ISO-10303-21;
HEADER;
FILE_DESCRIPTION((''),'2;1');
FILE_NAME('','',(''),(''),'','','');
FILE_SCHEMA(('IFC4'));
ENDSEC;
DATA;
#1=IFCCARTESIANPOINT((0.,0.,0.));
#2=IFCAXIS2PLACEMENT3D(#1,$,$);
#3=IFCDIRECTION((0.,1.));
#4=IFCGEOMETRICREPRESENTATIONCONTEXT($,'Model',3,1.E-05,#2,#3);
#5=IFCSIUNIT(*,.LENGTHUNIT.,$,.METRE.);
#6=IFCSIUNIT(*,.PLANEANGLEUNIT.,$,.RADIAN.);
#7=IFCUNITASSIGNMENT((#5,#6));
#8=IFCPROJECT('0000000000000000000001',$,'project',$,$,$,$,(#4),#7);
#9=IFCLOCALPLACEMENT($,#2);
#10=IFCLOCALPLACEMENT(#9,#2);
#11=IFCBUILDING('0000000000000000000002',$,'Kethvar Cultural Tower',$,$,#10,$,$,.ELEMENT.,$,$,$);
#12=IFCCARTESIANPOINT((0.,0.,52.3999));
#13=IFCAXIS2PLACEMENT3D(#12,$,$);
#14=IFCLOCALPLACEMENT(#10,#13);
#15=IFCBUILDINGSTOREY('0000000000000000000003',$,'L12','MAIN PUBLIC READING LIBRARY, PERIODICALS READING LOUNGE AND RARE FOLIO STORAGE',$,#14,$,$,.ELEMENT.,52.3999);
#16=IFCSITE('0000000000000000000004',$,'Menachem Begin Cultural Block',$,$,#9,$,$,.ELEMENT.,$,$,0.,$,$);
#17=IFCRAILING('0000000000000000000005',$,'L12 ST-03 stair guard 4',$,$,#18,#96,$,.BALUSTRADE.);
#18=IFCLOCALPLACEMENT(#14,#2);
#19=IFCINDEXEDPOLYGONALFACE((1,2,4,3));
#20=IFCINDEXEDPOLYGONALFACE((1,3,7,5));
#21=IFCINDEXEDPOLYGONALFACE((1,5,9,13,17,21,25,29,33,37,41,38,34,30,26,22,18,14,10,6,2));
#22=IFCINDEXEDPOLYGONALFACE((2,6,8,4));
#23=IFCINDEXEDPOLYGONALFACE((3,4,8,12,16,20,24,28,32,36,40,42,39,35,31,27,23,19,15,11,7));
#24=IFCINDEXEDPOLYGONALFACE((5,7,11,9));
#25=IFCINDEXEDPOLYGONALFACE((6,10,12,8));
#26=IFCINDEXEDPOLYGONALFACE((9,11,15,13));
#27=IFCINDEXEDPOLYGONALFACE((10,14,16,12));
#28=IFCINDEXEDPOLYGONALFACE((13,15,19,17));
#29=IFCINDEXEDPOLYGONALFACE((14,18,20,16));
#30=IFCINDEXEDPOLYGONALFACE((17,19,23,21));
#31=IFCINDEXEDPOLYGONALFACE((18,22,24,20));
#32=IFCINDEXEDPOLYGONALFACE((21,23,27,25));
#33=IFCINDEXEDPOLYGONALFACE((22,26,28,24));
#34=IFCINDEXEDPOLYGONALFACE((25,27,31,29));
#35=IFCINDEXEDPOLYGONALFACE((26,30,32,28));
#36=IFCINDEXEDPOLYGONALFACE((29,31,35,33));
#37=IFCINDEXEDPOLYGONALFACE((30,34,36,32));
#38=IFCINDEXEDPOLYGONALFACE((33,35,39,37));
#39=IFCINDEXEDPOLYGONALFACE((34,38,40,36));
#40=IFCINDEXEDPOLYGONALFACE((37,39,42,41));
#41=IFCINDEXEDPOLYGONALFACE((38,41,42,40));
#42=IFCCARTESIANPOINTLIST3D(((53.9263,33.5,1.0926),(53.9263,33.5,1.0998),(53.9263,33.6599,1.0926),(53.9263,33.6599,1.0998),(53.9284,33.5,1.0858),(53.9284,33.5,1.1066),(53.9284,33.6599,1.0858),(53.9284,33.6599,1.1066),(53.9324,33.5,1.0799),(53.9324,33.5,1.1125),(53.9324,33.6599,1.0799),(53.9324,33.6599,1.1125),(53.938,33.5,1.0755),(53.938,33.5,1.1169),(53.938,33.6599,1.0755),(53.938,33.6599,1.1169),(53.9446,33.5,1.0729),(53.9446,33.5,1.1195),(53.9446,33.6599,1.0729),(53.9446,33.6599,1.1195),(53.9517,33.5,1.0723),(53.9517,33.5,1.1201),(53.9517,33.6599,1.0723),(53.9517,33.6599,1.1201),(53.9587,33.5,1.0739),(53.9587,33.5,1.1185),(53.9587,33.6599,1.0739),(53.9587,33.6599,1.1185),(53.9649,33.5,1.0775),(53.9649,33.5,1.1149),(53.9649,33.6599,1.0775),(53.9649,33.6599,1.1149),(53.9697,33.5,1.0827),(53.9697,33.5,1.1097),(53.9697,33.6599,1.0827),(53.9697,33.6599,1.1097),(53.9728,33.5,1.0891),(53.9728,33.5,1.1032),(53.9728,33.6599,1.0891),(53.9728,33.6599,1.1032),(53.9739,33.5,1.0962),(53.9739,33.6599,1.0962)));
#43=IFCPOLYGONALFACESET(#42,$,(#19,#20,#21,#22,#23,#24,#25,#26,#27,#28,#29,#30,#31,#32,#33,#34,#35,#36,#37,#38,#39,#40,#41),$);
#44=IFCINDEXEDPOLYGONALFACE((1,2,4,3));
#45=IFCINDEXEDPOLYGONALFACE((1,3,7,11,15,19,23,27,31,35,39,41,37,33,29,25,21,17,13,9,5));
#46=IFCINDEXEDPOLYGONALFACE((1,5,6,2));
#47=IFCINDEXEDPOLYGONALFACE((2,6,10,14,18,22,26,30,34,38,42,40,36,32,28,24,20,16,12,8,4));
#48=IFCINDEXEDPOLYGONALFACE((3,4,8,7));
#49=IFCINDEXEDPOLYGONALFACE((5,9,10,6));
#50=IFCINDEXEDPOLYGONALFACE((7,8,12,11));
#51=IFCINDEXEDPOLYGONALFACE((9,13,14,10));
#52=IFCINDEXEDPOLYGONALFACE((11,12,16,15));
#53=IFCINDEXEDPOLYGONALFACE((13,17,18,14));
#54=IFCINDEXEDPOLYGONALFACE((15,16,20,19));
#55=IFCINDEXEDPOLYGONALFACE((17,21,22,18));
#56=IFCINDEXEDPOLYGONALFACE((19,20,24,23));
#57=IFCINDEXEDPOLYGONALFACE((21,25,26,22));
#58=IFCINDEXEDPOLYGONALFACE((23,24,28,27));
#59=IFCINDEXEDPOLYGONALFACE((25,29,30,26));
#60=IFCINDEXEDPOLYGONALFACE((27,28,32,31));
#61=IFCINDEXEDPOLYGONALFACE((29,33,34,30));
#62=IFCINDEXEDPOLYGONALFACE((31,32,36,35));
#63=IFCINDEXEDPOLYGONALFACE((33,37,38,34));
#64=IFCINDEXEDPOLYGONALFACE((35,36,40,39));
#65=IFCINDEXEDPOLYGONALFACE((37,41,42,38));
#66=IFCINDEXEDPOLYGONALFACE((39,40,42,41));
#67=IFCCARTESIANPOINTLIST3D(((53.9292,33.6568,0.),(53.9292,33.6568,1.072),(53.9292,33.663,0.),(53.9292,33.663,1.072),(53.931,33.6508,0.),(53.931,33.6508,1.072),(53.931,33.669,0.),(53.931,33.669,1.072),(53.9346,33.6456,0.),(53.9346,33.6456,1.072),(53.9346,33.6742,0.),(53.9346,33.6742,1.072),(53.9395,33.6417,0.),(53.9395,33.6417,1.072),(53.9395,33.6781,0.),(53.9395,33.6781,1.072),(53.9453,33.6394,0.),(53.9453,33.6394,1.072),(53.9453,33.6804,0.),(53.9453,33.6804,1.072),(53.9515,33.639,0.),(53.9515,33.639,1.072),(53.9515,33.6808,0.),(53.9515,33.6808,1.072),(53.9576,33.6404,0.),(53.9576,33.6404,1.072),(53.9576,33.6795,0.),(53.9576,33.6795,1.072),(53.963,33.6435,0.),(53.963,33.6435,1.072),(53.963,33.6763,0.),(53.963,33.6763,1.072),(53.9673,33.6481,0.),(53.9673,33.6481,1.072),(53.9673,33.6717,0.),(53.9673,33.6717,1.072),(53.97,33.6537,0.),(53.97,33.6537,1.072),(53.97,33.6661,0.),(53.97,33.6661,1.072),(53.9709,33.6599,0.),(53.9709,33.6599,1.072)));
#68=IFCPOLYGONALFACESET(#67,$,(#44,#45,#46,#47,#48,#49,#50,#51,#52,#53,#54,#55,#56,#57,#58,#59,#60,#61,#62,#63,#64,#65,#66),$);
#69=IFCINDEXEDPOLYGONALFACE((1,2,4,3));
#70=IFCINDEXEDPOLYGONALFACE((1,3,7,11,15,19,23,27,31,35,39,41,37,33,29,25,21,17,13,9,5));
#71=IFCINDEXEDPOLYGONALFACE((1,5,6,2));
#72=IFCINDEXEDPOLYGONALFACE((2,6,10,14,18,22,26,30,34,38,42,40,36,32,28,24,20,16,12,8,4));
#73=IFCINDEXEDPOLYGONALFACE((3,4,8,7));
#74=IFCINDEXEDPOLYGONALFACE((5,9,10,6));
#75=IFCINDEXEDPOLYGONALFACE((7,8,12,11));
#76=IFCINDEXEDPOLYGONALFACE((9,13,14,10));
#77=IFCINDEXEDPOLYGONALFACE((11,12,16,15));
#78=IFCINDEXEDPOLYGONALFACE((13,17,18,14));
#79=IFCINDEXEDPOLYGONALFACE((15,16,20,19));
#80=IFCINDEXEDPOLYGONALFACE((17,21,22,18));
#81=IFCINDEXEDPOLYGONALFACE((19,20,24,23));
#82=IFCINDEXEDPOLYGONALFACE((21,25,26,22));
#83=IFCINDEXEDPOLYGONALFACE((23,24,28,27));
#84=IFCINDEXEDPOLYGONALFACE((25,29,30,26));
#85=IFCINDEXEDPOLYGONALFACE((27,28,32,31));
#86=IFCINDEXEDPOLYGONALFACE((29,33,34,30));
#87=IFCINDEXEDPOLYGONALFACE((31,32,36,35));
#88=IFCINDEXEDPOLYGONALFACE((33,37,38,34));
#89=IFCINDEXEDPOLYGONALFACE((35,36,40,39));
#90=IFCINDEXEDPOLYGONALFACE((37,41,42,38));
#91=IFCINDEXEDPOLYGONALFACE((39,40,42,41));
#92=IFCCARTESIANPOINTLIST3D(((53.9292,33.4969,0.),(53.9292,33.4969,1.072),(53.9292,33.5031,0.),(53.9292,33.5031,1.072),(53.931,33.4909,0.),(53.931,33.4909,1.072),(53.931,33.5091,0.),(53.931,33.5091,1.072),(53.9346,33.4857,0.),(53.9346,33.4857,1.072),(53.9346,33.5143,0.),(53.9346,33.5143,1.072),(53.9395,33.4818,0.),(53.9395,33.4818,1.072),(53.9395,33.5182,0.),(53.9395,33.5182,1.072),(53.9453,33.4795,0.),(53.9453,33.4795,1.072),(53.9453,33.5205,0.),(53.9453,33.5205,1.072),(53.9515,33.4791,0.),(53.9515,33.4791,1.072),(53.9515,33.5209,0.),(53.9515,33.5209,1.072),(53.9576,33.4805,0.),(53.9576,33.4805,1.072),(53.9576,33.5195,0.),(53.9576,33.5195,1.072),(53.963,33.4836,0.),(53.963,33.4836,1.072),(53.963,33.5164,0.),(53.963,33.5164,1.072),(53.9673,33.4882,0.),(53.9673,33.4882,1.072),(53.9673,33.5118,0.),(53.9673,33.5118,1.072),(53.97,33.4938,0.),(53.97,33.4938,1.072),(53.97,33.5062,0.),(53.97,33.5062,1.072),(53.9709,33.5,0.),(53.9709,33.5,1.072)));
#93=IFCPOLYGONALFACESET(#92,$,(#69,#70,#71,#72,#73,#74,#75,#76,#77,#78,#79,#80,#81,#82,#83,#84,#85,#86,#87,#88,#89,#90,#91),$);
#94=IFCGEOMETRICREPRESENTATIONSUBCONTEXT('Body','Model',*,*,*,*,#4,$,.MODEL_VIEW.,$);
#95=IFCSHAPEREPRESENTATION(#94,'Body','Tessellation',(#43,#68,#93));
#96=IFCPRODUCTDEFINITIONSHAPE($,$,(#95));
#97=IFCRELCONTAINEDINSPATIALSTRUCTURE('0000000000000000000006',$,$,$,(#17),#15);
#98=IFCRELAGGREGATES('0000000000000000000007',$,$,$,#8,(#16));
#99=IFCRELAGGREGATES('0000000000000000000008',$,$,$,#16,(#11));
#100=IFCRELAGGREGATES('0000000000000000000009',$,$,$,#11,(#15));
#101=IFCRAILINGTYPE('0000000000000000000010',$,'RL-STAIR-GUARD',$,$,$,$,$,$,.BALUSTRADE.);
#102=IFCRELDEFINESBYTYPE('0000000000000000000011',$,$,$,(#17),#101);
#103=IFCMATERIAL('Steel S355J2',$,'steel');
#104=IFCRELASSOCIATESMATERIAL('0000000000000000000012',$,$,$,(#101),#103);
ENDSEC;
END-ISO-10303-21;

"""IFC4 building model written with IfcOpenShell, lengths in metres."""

from ifc_helpers import new_model, si_unit, direction, frame, origin, origin_2d, place, context, subcontext, project, spatial, circle, extrude, material, type_object, element, save


model = new_model("IFC4")

# Units and contexts
model_context = context("Model", 3, precision=1e-05, world=origin(), true_north=direction((0.0, 1.0)))
body_context = subcontext(model_context, "Body", "Model", "MODEL_VIEW")
ifc_project = project(units=[si_unit("LENGTHUNIT", "METRE"), si_unit("PLANEANGLEUNIT", "RADIAN")], contexts=[model_context])

# Site, building, storey
site_placement = place(None, origin())
site = spatial("IfcSite", under=ifc_project, at=site_placement, Name="Menachem Begin Cultural Block", CompositionType="ELEMENT", RefElevation=0.0)
building_placement = place(site_placement, origin())
building = spatial("IfcBuilding", under=site, at=building_placement, Name="Kethvar Cultural Tower", CompositionType="ELEMENT")
storey_placement = place(building_placement, frame((0.0, 0.0, 52.3999)))
storey = spatial("IfcBuildingStorey", under=building, at=storey_placement, Name="L12", Description="MAIN PUBLIC READING LIBRARY, PERIODICALS READING LOUNGE AND RARE FOLIO STORAGE", CompositionType="ELEMENT", Elevation=52.3999)

# Shared definitions
ifc_material_1 = material(Name="Steel S355J2", Category="steel")

# Railing
railing_type_1 = type_object("IfcRailingType", Name="RL-STAIR-GUARD", PredefinedType="BALUSTRADE", material=ifc_material_1)
railing_1_placement = place(storey_placement, frame((53.95, 33.6599, 0.0)))
element("IfcRailing", 1, at=railing_1_placement, inside=storey, type_object=railing_type_1, Name="L12 ST-03 stair guard 4", PredefinedType="BALUSTRADE", context=body_context, shape_type="SweptSolid", body=[
    extrude(circle(Radius=0.0239, at=origin_2d()), frame((0.0, 0.0, 1.0962), z_axis=(0.0, -1.0, 0.0), x_axis=(1.0, 0.0, 0.0)), (0.0, 0.0, 1.0), 0.1599),
    extrude(circle(Radius=0.021, at=origin_2d()), origin(), (0.0, 0.0, 1.0), 1.072),
    extrude(circle(Radius=0.021, at=origin_2d()), frame((0.0, -0.1599, 0.0)), (0.0, 0.0, 1.0), 1.072),
])

save(model, "model.ifc")
